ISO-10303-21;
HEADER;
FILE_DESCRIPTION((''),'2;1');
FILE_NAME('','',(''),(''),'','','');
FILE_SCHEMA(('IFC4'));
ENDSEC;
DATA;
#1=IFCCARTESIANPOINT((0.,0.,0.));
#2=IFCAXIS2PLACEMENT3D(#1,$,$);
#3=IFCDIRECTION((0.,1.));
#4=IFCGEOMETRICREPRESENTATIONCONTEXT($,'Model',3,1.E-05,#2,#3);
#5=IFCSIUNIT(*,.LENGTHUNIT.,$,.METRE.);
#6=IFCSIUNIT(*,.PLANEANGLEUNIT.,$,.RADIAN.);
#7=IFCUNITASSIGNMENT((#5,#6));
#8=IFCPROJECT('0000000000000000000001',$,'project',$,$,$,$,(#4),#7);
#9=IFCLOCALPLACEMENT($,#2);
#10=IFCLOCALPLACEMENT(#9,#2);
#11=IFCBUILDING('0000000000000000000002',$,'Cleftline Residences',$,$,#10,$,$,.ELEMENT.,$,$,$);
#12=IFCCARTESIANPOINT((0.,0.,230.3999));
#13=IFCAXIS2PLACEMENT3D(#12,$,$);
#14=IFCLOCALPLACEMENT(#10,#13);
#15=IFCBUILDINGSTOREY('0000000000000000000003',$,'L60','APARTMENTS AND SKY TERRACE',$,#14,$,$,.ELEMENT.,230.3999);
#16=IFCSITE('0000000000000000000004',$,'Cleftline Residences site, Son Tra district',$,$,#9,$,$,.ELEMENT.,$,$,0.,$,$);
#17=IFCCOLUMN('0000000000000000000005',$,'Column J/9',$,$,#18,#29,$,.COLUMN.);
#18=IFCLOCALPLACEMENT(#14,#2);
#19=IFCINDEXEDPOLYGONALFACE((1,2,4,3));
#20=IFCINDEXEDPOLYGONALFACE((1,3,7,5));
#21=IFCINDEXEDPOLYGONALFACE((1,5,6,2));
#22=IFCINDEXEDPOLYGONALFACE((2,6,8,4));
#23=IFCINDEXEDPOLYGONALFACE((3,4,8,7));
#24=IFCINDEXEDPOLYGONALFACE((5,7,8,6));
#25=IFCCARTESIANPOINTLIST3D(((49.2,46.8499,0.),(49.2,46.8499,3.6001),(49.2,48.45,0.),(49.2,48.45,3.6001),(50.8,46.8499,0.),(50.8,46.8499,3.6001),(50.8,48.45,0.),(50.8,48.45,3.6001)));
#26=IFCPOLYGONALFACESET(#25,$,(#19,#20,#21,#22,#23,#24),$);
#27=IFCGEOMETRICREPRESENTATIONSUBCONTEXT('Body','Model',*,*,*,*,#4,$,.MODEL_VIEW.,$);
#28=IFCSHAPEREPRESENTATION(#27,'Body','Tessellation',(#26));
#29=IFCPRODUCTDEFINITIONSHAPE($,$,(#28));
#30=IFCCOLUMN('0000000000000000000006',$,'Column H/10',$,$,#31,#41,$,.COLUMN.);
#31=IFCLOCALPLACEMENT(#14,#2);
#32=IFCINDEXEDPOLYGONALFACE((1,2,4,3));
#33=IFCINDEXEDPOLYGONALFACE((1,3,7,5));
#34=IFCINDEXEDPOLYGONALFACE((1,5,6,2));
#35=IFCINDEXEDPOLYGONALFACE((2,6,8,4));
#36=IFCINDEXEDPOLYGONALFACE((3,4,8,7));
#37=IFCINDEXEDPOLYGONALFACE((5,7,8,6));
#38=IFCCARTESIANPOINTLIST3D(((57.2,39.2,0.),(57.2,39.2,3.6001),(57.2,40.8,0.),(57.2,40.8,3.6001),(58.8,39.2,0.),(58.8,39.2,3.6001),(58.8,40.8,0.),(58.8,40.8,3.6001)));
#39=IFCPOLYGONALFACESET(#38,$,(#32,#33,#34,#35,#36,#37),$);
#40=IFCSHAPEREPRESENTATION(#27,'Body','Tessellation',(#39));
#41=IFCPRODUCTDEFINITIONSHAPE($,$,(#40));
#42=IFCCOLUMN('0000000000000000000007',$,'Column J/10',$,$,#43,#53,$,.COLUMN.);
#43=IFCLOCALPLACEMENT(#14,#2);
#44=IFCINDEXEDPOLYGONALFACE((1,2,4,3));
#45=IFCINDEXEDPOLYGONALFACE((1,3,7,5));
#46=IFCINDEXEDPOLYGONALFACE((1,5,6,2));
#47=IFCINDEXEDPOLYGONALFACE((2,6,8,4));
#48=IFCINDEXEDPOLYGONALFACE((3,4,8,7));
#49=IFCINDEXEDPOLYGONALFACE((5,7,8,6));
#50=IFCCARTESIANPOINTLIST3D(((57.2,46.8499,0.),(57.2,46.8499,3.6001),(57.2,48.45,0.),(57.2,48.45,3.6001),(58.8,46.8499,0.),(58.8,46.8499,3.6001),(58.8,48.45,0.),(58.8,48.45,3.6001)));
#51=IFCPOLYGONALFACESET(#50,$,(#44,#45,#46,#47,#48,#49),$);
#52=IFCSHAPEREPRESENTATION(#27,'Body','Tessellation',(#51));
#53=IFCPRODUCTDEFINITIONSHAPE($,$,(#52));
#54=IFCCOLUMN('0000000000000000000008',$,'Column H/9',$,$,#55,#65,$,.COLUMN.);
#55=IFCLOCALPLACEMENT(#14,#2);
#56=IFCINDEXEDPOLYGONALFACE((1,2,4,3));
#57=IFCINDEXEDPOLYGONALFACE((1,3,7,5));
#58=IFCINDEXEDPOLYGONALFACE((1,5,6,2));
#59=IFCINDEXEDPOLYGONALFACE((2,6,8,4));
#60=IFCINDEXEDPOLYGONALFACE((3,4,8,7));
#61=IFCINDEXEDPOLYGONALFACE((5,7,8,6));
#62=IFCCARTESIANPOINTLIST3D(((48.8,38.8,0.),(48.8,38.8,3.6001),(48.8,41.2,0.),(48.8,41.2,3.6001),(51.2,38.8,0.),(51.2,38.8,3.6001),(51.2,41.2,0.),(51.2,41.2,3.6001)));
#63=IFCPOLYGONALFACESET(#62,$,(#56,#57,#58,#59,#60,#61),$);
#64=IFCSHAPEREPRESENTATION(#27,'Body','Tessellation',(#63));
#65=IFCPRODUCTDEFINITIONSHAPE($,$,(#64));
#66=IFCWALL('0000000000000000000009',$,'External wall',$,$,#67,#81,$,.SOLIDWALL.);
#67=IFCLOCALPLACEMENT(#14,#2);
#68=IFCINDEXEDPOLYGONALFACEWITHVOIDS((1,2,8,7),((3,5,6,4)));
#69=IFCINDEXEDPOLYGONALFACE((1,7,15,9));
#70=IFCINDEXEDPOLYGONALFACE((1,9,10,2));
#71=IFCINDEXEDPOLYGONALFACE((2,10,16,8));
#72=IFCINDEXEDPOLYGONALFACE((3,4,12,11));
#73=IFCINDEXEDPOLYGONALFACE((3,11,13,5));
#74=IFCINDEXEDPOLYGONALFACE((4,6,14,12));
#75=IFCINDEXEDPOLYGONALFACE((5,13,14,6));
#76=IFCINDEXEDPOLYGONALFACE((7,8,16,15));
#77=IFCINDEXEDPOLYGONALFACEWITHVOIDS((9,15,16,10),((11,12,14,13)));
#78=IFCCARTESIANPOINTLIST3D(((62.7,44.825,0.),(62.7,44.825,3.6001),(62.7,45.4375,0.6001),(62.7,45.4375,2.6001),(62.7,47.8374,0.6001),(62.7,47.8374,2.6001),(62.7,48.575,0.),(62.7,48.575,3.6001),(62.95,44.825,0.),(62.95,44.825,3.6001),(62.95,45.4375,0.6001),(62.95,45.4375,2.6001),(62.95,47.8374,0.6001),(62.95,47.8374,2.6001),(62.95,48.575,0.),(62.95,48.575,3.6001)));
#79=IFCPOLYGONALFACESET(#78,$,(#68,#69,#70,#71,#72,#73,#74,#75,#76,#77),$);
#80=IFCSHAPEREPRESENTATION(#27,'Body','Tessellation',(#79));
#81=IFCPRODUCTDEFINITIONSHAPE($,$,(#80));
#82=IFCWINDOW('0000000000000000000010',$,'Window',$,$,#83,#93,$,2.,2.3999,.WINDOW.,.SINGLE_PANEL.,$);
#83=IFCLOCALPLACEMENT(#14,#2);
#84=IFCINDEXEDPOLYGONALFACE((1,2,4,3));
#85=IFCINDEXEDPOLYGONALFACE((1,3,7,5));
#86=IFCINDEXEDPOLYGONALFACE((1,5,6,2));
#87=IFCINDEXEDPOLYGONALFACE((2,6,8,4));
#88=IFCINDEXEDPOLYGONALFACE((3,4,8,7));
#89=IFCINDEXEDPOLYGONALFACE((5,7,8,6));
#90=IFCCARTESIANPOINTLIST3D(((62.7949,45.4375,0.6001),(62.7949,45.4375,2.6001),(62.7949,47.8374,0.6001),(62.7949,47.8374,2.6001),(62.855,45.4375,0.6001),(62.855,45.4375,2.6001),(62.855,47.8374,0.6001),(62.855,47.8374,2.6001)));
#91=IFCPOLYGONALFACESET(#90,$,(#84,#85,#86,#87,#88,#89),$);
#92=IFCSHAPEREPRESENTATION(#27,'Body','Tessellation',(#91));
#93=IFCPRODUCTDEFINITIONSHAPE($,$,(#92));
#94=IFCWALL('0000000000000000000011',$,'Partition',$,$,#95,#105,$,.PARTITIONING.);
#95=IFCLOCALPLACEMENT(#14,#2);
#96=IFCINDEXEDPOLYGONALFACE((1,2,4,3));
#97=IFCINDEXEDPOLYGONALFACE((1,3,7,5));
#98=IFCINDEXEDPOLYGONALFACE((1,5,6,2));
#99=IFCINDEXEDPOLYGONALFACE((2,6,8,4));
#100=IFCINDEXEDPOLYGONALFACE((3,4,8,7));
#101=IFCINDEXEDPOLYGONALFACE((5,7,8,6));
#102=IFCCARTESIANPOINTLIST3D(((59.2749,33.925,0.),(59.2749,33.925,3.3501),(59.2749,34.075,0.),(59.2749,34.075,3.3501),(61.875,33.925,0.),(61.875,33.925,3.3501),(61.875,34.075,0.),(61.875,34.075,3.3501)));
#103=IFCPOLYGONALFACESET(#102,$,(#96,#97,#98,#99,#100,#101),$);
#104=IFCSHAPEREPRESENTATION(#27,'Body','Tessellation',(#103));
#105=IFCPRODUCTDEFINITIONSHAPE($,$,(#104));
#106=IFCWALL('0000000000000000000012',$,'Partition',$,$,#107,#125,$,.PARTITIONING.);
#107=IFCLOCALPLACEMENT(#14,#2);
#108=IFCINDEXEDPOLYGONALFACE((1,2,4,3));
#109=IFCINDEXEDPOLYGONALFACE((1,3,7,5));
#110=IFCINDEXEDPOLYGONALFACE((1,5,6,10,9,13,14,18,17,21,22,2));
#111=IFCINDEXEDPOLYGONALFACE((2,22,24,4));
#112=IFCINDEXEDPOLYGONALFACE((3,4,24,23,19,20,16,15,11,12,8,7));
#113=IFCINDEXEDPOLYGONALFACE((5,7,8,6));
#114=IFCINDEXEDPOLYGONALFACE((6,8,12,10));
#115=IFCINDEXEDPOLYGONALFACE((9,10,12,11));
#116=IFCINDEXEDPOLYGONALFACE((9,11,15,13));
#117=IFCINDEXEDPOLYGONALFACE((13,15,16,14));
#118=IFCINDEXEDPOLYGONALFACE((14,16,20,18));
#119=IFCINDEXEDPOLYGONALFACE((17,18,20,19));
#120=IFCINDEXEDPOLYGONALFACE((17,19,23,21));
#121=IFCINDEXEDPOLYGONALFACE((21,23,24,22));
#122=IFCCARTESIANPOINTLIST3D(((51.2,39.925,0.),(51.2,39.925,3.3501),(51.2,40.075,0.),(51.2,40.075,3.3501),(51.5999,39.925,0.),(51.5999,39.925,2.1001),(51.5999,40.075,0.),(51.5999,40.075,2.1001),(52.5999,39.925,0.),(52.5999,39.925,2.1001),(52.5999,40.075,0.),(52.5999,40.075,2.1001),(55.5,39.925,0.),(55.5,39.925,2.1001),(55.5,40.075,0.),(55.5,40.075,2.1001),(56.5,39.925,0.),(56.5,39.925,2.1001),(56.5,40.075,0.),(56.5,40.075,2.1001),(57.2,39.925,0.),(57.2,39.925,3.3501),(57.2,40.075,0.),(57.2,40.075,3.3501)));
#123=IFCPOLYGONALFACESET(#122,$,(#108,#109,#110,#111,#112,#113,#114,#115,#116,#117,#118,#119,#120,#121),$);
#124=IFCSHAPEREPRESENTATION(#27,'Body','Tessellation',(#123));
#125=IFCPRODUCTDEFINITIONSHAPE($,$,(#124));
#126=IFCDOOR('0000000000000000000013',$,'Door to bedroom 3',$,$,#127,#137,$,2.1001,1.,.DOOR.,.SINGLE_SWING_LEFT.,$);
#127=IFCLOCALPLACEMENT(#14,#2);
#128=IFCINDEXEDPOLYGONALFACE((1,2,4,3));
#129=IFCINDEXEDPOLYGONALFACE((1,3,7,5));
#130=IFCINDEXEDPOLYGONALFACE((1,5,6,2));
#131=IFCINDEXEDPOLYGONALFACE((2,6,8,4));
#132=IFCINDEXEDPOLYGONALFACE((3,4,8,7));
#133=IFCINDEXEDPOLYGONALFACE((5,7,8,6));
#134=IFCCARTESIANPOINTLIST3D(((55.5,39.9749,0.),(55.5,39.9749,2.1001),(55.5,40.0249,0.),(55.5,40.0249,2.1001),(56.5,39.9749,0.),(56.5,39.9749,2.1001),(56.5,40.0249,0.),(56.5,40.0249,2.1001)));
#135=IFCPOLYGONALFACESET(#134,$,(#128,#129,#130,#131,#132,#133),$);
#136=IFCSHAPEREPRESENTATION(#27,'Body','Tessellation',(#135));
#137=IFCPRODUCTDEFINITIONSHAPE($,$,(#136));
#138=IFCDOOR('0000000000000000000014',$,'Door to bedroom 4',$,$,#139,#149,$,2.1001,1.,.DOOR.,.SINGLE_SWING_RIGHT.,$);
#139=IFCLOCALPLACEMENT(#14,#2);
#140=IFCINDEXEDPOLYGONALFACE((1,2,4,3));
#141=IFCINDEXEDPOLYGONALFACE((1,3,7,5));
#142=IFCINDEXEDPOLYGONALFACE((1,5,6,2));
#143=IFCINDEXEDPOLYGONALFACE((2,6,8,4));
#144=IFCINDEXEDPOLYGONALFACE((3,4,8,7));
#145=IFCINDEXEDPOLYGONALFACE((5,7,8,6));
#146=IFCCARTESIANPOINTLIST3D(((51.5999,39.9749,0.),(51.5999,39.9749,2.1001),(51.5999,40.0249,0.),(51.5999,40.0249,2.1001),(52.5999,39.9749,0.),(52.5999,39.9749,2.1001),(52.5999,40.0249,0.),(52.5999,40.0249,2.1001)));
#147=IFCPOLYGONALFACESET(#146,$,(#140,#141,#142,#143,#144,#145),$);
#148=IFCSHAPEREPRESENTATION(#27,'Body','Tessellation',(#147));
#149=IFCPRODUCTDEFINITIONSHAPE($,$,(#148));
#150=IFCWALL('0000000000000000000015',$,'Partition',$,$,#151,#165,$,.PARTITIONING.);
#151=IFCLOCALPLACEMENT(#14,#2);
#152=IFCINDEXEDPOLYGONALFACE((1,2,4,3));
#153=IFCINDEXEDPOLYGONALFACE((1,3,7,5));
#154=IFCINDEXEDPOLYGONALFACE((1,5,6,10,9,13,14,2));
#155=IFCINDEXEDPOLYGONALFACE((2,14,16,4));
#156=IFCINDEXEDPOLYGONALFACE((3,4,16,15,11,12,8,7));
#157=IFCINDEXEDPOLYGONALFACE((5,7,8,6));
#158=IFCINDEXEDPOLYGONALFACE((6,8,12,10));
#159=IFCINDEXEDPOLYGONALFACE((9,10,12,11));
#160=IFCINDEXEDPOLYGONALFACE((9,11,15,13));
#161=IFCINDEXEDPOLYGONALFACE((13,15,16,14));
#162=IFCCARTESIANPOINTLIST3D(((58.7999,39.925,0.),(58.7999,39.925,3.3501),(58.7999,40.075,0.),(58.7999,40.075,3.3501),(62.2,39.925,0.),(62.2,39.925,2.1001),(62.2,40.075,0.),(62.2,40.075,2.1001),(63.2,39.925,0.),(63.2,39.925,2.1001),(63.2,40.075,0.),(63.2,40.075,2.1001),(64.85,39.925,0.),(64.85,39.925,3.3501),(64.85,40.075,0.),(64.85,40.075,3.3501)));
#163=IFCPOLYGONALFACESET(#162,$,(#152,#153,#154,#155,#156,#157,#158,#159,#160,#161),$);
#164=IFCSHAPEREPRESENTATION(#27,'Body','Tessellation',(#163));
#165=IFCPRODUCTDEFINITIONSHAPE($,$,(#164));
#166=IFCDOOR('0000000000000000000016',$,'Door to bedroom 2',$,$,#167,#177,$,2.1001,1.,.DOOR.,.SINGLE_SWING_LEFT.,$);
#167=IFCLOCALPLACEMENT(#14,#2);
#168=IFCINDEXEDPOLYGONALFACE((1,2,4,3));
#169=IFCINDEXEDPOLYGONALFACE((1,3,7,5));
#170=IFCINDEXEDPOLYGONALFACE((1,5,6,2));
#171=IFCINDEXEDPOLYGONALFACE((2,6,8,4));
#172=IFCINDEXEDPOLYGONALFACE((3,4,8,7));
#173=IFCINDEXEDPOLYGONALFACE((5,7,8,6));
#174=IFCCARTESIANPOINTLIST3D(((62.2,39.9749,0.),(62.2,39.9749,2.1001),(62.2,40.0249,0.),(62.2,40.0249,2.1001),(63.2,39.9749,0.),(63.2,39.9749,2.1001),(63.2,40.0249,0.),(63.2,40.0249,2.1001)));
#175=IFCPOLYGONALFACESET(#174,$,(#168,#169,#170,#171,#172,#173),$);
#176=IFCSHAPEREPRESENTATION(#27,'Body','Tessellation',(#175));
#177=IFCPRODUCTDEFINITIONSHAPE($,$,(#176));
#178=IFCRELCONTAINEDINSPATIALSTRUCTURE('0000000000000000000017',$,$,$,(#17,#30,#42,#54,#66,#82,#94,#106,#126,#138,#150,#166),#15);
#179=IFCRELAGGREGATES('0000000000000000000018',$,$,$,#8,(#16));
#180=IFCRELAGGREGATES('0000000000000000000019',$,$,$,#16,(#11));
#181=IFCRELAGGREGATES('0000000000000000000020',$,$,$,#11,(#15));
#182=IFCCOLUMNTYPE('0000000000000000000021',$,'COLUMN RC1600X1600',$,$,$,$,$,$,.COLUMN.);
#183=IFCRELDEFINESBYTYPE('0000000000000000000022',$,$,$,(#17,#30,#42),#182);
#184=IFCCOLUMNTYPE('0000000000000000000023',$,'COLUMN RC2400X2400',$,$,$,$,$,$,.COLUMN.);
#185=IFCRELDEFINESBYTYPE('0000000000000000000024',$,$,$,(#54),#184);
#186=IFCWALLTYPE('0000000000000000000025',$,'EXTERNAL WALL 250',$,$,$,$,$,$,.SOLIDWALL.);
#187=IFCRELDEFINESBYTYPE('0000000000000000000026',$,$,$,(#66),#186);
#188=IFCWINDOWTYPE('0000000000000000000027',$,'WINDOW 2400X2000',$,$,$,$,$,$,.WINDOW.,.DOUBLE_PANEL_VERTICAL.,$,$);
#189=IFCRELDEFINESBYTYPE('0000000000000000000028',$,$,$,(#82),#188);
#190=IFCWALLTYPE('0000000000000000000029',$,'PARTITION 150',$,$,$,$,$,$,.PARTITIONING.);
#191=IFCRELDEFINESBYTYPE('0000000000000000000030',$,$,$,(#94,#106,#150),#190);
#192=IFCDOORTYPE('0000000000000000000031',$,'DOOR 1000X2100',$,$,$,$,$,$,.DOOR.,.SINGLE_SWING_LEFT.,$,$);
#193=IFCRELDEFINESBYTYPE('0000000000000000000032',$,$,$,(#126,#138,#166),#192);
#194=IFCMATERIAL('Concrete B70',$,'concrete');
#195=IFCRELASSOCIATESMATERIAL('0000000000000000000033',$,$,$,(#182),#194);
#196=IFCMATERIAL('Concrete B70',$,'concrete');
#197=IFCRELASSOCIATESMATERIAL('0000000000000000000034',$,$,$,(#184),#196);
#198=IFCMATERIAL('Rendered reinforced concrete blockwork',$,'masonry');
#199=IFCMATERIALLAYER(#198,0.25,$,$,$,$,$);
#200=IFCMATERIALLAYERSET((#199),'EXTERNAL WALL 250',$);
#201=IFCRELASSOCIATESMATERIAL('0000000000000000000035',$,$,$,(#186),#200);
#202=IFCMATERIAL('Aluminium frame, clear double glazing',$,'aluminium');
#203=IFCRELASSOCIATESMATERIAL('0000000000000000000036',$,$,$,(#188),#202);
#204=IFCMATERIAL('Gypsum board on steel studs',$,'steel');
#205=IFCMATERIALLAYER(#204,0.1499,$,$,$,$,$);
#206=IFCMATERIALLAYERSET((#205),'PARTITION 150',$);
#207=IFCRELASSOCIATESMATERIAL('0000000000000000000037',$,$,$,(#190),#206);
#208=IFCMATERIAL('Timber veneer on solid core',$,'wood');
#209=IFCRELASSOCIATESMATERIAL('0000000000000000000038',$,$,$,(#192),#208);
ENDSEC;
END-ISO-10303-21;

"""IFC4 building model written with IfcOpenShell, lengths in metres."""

from ifc_helpers import new_model, si_unit, direction, frame, frame_2d, origin, origin_2d, place, context, subcontext, project, spatial, rectangle, extrude, material, layer, layer_set, material_profile, profile_set, type_object, element, fill, save


model = new_model("IFC4")

# Units and contexts
model_context = context("Model", 3, precision=1e-05, world=origin(), true_north=direction((0.0, 1.0)))
body_context = subcontext(model_context, "Body", "Model", "MODEL_VIEW")
ifc_project = project(units=[si_unit("LENGTHUNIT", "METRE"), si_unit("PLANEANGLEUNIT", "RADIAN")], contexts=[model_context])

# Site, building, storey
site_placement = place(None, origin())
site = spatial("IfcSite", under=ifc_project, at=site_placement, Name="Cleftline Residences site, Son Tra district", CompositionType="ELEMENT", RefElevation=0.0)
building_placement = place(site_placement, origin())
building = spatial("IfcBuilding", under=site, at=building_placement, Name="Cleftline Residences", CompositionType="ELEMENT")
storey_placement = place(building_placement, frame((0.0, 0.0, 230.3999)))
storey = spatial("IfcBuildingStorey", under=building, at=storey_placement, Name="L60", Description="APARTMENTS AND SKY TERRACE", CompositionType="ELEMENT", Elevation=230.3999)

# Columns
ifc_material_1 = material(Name="Concrete B70", Category="concrete")
ifc_material_profile_1 = material_profile(ifc_material_1, rectangle(XDim=1.6001, YDim=1.6001, at=origin_2d()))
ifc_profile_set_1 = profile_set([ifc_material_profile_1], Name="Concrete B70")
column_type_1 = type_object("IfcColumnType", Name="COLUMN RC1600X1600", PredefinedType="COLUMN", material=ifc_profile_set_1)
for number, where, z_axis, x_axis, name in (
    (1, (50.0, 47.6499, 0.0), (0.0, 0.0, 1.0), (1.0, 0.0, 0.0), "Column J/9"),
    (2, (58.0, 40.0, 0.0), (0.0, 0.0, 1.0), (1.0, 0.0, 0.0), "Column H/10"),
    (3, (58.0, 47.6499, 0.0), (0.0, 0.0, 1.0), (1.0, 0.0, 0.0), "Column J/10"),
):
    element("IfcColumn", number, at=place(storey_placement, frame(where, z_axis=z_axis, x_axis=x_axis)), inside=storey, type_object=column_type_1, Name=name, PredefinedType="COLUMN", context=body_context, shape_type="SweptSolid", body=[
        extrude(rectangle(XDim=1.6001, YDim=1.6001, at=origin_2d()), origin(), (0.0, 0.0, 1.0), 3.6001),
    ])
ifc_material_2 = material(Name="Concrete B70", Category="concrete")
ifc_material_profile_2 = material_profile(ifc_material_2, rectangle(XDim=2.3999, YDim=2.3999, at=origin_2d()))
ifc_profile_set_2 = profile_set([ifc_material_profile_2], Name="Concrete B70")
column_type_2 = type_object("IfcColumnType", Name="COLUMN RC2400X2400", PredefinedType="COLUMN", material=ifc_profile_set_2)
column_placement = place(storey_placement, frame((50.0, 40.0, 0.0), z_axis=(0.0, 0.0, 1.0), x_axis=(1.0, 0.0, 0.0)))
element("IfcColumn", 4, at=column_placement, inside=storey, type_object=column_type_2, Name="Column H/9", PredefinedType="COLUMN", context=body_context, shape_type="SweptSolid", body=[
    extrude(rectangle(XDim=2.3999, YDim=2.3999, at=origin_2d()), origin(), (0.0, 0.0, 1.0), 3.6001),
])

# Wall, opening, window
ifc_material_3 = material(Name="Rendered reinforced concrete blockwork", Category="masonry")
ifc_layer_1 = layer(ifc_material_3, 0.25)
ifc_layer_set_1 = layer_set([ifc_layer_1], Name="EXTERNAL WALL 250")
wall_type_1 = type_object("IfcWallType", Name="EXTERNAL WALL 250", PredefinedType="SOLIDWALL", material=ifc_layer_set_1)
wall_1_placement = place(storey_placement, frame((62.825, 44.825, 0.0), z_axis=(0.0, 0.0, 1.0), x_axis=(0.0, 1.0, 0.0)))
wall_1 = element("IfcWall", 5, at=wall_1_placement, inside=storey, type_object=wall_type_1, Name="External wall", PredefinedType="SOLIDWALL", context=body_context, shape_type="SweptSolid", body=[
    extrude(rectangle(XDim=3.75, YDim=0.25, at=frame_2d((1.875, 0.0))), origin(), (0.0, 0.0, 1.0), 3.6001),
])
opening_1_placement = place(wall_1_placement, frame((0.6125, 0.0, 0.6001)))
opening_1 = element("IfcOpeningElement", 6, at=opening_1_placement, cuts=wall_1, PredefinedType="OPENING", context=body_context, shape_type="SweptSolid", body=[
    extrude(rectangle(XDim=2.3999, YDim=2.0, at=frame_2d((1.2, 1.0))), frame((0.0, 0.135, 0.0), z_axis=(0.0, -1.0, 0.0), x_axis=(1.0, 0.0, 0.0)), (0.0, 0.0, 1.0), 0.27),
])
ifc_material_4 = material(Name="Aluminium frame, clear double glazing", Category="aluminium")
window_type = type_object("IfcWindowType", Name="WINDOW 2400X2000", PartitioningType="DOUBLE_PANEL_VERTICAL", PredefinedType="WINDOW", material=ifc_material_4)
window_placement = place(opening_1_placement, origin())
window = element("IfcWindow", 7, at=window_placement, inside=storey, type_object=window_type, Name="Window", OverallHeight=2.0, OverallWidth=2.3999, PartitioningType="SINGLE_PANEL", PredefinedType="WINDOW", context=body_context, shape_type="SweptSolid", body=[
    extrude(rectangle(XDim=2.3999, YDim=2.0, at=frame_2d((1.2, 1.0))), frame((0.0, 0.03, 0.0), z_axis=(0.0, -1.0, 0.0), x_axis=(1.0, 0.0, 0.0)), (0.0, 0.0, 1.0), 0.0601),
])
fill(opening_1, window)

# Wall
ifc_material_5 = material(Name="Gypsum board on steel studs", Category="steel")
ifc_layer_2 = layer(ifc_material_5, 0.1499)
ifc_layer_set_2 = layer_set([ifc_layer_2], Name="PARTITION 150")
wall_type_2 = type_object("IfcWallType", Name="PARTITION 150", PredefinedType="PARTITIONING", material=ifc_layer_set_2)
wall_2_placement = place(storey_placement, frame((59.2749, 34.0, 0.0), z_axis=(0.0, 0.0, 1.0), x_axis=(1.0, 0.0, 0.0)))
element("IfcWall", 8, at=wall_2_placement, inside=storey, type_object=wall_type_2, Name="Partition", PredefinedType="PARTITIONING", context=body_context, shape_type="SweptSolid", body=[
    extrude(rectangle(XDim=2.6001, YDim=0.1499, at=frame_2d((1.3, 0.0))), origin(), (0.0, 0.0, 1.0), 3.3501),
])

# Wall, openings, doors
wall_3_placement = place(storey_placement, frame((51.2, 40.0, 0.0), z_axis=(0.0, 0.0, 1.0), x_axis=(1.0, 0.0, 0.0)))
wall_3 = element("IfcWall", 9, at=wall_3_placement, inside=storey, type_object=wall_type_2, Name="Partition", PredefinedType="PARTITIONING", context=body_context, shape_type="SweptSolid", body=[
    extrude(rectangle(XDim=6.0, YDim=0.1499, at=frame_2d((3.0, 0.0))), origin(), (0.0, 0.0, 1.0), 3.3501),
])
opening_2_placement = place(wall_3_placement, frame((4.3, 0.0, 0.0)))
opening_2 = element("IfcOpeningElement", 10, at=opening_2_placement, cuts=wall_3, PredefinedType="OPENING", context=body_context, shape_type="SweptSolid", body=[
    extrude(rectangle(XDim=1.0, YDim=2.1001, at=frame_2d((0.5, 1.05))), frame((0.0, 0.085, 0.0), z_axis=(0.0, -1.0, 0.0), x_axis=(1.0, 0.0, 0.0)), (0.0, 0.0, 1.0), 0.1699),
])
opening_3_placement = place(wall_3_placement, frame((0.3999, 0.0, 0.0)))
opening_3 = element("IfcOpeningElement", 11, at=opening_3_placement, cuts=wall_3, PredefinedType="OPENING", context=body_context, shape_type="SweptSolid", body=[
    extrude(rectangle(XDim=1.0, YDim=2.1001, at=frame_2d((0.5, 1.05))), frame((0.0, 0.085, 0.0), z_axis=(0.0, -1.0, 0.0), x_axis=(1.0, 0.0, 0.0)), (0.0, 0.0, 1.0), 0.1699),
])
ifc_material_6 = material(Name="Timber veneer on solid core", Category="wood")
door_type_1 = type_object("IfcDoorType", Name="DOOR 1000X2100", OperationType="SINGLE_SWING_LEFT", PredefinedType="DOOR", material=ifc_material_6)
door_1_placement = place(opening_2_placement, origin())
door_1 = element("IfcDoor", 12, at=door_1_placement, inside=storey, type_object=door_type_1, Name="Door to bedroom 3", OperationType="SINGLE_SWING_LEFT", OverallHeight=2.1001, OverallWidth=1.0, PredefinedType="DOOR", context=body_context, shape_type="SweptSolid", body=[
    extrude(rectangle(XDim=1.0, YDim=2.1001, at=frame_2d((0.5, 1.05))), frame((0.0, 0.0249, 0.0), z_axis=(0.0, -1.0, 0.0), x_axis=(1.0, 0.0, 0.0)), (0.0, 0.0, 1.0), 0.05),
])
fill(opening_2, door_1)
door_2_placement = place(opening_3_placement, origin())
door_2 = element("IfcDoor", 13, at=door_2_placement, inside=storey, type_object=door_type_1, Name="Door to bedroom 4", OperationType="SINGLE_SWING_RIGHT", OverallHeight=2.1001, OverallWidth=1.0, PredefinedType="DOOR", context=body_context, shape_type="SweptSolid", body=[
    extrude(rectangle(XDim=1.0, YDim=2.1001, at=frame_2d((0.5, 1.05))), frame((0.0, 0.0249, 0.0), z_axis=(0.0, -1.0, 0.0), x_axis=(1.0, 0.0, 0.0)), (0.0, 0.0, 1.0), 0.05),
])
fill(opening_3, door_2)

# Wall, opening, door
wall_4_placement = place(storey_placement, frame((58.8, 40.0, 0.0), z_axis=(0.0, 0.0, 1.0), x_axis=(1.0, 0.0, 0.0)))
wall_4 = element("IfcWall", 14, at=wall_4_placement, inside=storey, type_object=wall_type_2, Name="Partition", PredefinedType="PARTITIONING", context=body_context, shape_type="SweptSolid", body=[
    extrude(rectangle(XDim=6.05, YDim=0.1499, at=frame_2d((3.0249, 0.0))), origin(), (0.0, 0.0, 1.0), 3.3501),
])
opening_4_placement = place(wall_4_placement, frame((3.3999, 0.0, 0.0)))
opening_4 = element("IfcOpeningElement", 15, at=opening_4_placement, cuts=wall_4, PredefinedType="OPENING", context=body_context, shape_type="SweptSolid", body=[
    extrude(rectangle(XDim=1.0, YDim=2.1001, at=frame_2d((0.5, 1.05))), frame((0.0, 0.085, 0.0), z_axis=(0.0, -1.0, 0.0), x_axis=(1.0, 0.0, 0.0)), (0.0, 0.0, 1.0), 0.1699),
])
door_3_placement = place(opening_4_placement, origin())
door_3 = element("IfcDoor", 16, at=door_3_placement, inside=storey, type_object=door_type_1, Name="Door to bedroom 2", OperationType="SINGLE_SWING_LEFT", OverallHeight=2.1001, OverallWidth=1.0, PredefinedType="DOOR", context=body_context, shape_type="SweptSolid", body=[
    extrude(rectangle(XDim=1.0, YDim=2.1001, at=frame_2d((0.5, 1.05))), frame((0.0, 0.0249, 0.0), z_axis=(0.0, -1.0, 0.0), x_axis=(1.0, 0.0, 0.0)), (0.0, 0.0, 1.0), 0.05),
])
fill(opening_4, door_3)

save(model, "model.ifc")
